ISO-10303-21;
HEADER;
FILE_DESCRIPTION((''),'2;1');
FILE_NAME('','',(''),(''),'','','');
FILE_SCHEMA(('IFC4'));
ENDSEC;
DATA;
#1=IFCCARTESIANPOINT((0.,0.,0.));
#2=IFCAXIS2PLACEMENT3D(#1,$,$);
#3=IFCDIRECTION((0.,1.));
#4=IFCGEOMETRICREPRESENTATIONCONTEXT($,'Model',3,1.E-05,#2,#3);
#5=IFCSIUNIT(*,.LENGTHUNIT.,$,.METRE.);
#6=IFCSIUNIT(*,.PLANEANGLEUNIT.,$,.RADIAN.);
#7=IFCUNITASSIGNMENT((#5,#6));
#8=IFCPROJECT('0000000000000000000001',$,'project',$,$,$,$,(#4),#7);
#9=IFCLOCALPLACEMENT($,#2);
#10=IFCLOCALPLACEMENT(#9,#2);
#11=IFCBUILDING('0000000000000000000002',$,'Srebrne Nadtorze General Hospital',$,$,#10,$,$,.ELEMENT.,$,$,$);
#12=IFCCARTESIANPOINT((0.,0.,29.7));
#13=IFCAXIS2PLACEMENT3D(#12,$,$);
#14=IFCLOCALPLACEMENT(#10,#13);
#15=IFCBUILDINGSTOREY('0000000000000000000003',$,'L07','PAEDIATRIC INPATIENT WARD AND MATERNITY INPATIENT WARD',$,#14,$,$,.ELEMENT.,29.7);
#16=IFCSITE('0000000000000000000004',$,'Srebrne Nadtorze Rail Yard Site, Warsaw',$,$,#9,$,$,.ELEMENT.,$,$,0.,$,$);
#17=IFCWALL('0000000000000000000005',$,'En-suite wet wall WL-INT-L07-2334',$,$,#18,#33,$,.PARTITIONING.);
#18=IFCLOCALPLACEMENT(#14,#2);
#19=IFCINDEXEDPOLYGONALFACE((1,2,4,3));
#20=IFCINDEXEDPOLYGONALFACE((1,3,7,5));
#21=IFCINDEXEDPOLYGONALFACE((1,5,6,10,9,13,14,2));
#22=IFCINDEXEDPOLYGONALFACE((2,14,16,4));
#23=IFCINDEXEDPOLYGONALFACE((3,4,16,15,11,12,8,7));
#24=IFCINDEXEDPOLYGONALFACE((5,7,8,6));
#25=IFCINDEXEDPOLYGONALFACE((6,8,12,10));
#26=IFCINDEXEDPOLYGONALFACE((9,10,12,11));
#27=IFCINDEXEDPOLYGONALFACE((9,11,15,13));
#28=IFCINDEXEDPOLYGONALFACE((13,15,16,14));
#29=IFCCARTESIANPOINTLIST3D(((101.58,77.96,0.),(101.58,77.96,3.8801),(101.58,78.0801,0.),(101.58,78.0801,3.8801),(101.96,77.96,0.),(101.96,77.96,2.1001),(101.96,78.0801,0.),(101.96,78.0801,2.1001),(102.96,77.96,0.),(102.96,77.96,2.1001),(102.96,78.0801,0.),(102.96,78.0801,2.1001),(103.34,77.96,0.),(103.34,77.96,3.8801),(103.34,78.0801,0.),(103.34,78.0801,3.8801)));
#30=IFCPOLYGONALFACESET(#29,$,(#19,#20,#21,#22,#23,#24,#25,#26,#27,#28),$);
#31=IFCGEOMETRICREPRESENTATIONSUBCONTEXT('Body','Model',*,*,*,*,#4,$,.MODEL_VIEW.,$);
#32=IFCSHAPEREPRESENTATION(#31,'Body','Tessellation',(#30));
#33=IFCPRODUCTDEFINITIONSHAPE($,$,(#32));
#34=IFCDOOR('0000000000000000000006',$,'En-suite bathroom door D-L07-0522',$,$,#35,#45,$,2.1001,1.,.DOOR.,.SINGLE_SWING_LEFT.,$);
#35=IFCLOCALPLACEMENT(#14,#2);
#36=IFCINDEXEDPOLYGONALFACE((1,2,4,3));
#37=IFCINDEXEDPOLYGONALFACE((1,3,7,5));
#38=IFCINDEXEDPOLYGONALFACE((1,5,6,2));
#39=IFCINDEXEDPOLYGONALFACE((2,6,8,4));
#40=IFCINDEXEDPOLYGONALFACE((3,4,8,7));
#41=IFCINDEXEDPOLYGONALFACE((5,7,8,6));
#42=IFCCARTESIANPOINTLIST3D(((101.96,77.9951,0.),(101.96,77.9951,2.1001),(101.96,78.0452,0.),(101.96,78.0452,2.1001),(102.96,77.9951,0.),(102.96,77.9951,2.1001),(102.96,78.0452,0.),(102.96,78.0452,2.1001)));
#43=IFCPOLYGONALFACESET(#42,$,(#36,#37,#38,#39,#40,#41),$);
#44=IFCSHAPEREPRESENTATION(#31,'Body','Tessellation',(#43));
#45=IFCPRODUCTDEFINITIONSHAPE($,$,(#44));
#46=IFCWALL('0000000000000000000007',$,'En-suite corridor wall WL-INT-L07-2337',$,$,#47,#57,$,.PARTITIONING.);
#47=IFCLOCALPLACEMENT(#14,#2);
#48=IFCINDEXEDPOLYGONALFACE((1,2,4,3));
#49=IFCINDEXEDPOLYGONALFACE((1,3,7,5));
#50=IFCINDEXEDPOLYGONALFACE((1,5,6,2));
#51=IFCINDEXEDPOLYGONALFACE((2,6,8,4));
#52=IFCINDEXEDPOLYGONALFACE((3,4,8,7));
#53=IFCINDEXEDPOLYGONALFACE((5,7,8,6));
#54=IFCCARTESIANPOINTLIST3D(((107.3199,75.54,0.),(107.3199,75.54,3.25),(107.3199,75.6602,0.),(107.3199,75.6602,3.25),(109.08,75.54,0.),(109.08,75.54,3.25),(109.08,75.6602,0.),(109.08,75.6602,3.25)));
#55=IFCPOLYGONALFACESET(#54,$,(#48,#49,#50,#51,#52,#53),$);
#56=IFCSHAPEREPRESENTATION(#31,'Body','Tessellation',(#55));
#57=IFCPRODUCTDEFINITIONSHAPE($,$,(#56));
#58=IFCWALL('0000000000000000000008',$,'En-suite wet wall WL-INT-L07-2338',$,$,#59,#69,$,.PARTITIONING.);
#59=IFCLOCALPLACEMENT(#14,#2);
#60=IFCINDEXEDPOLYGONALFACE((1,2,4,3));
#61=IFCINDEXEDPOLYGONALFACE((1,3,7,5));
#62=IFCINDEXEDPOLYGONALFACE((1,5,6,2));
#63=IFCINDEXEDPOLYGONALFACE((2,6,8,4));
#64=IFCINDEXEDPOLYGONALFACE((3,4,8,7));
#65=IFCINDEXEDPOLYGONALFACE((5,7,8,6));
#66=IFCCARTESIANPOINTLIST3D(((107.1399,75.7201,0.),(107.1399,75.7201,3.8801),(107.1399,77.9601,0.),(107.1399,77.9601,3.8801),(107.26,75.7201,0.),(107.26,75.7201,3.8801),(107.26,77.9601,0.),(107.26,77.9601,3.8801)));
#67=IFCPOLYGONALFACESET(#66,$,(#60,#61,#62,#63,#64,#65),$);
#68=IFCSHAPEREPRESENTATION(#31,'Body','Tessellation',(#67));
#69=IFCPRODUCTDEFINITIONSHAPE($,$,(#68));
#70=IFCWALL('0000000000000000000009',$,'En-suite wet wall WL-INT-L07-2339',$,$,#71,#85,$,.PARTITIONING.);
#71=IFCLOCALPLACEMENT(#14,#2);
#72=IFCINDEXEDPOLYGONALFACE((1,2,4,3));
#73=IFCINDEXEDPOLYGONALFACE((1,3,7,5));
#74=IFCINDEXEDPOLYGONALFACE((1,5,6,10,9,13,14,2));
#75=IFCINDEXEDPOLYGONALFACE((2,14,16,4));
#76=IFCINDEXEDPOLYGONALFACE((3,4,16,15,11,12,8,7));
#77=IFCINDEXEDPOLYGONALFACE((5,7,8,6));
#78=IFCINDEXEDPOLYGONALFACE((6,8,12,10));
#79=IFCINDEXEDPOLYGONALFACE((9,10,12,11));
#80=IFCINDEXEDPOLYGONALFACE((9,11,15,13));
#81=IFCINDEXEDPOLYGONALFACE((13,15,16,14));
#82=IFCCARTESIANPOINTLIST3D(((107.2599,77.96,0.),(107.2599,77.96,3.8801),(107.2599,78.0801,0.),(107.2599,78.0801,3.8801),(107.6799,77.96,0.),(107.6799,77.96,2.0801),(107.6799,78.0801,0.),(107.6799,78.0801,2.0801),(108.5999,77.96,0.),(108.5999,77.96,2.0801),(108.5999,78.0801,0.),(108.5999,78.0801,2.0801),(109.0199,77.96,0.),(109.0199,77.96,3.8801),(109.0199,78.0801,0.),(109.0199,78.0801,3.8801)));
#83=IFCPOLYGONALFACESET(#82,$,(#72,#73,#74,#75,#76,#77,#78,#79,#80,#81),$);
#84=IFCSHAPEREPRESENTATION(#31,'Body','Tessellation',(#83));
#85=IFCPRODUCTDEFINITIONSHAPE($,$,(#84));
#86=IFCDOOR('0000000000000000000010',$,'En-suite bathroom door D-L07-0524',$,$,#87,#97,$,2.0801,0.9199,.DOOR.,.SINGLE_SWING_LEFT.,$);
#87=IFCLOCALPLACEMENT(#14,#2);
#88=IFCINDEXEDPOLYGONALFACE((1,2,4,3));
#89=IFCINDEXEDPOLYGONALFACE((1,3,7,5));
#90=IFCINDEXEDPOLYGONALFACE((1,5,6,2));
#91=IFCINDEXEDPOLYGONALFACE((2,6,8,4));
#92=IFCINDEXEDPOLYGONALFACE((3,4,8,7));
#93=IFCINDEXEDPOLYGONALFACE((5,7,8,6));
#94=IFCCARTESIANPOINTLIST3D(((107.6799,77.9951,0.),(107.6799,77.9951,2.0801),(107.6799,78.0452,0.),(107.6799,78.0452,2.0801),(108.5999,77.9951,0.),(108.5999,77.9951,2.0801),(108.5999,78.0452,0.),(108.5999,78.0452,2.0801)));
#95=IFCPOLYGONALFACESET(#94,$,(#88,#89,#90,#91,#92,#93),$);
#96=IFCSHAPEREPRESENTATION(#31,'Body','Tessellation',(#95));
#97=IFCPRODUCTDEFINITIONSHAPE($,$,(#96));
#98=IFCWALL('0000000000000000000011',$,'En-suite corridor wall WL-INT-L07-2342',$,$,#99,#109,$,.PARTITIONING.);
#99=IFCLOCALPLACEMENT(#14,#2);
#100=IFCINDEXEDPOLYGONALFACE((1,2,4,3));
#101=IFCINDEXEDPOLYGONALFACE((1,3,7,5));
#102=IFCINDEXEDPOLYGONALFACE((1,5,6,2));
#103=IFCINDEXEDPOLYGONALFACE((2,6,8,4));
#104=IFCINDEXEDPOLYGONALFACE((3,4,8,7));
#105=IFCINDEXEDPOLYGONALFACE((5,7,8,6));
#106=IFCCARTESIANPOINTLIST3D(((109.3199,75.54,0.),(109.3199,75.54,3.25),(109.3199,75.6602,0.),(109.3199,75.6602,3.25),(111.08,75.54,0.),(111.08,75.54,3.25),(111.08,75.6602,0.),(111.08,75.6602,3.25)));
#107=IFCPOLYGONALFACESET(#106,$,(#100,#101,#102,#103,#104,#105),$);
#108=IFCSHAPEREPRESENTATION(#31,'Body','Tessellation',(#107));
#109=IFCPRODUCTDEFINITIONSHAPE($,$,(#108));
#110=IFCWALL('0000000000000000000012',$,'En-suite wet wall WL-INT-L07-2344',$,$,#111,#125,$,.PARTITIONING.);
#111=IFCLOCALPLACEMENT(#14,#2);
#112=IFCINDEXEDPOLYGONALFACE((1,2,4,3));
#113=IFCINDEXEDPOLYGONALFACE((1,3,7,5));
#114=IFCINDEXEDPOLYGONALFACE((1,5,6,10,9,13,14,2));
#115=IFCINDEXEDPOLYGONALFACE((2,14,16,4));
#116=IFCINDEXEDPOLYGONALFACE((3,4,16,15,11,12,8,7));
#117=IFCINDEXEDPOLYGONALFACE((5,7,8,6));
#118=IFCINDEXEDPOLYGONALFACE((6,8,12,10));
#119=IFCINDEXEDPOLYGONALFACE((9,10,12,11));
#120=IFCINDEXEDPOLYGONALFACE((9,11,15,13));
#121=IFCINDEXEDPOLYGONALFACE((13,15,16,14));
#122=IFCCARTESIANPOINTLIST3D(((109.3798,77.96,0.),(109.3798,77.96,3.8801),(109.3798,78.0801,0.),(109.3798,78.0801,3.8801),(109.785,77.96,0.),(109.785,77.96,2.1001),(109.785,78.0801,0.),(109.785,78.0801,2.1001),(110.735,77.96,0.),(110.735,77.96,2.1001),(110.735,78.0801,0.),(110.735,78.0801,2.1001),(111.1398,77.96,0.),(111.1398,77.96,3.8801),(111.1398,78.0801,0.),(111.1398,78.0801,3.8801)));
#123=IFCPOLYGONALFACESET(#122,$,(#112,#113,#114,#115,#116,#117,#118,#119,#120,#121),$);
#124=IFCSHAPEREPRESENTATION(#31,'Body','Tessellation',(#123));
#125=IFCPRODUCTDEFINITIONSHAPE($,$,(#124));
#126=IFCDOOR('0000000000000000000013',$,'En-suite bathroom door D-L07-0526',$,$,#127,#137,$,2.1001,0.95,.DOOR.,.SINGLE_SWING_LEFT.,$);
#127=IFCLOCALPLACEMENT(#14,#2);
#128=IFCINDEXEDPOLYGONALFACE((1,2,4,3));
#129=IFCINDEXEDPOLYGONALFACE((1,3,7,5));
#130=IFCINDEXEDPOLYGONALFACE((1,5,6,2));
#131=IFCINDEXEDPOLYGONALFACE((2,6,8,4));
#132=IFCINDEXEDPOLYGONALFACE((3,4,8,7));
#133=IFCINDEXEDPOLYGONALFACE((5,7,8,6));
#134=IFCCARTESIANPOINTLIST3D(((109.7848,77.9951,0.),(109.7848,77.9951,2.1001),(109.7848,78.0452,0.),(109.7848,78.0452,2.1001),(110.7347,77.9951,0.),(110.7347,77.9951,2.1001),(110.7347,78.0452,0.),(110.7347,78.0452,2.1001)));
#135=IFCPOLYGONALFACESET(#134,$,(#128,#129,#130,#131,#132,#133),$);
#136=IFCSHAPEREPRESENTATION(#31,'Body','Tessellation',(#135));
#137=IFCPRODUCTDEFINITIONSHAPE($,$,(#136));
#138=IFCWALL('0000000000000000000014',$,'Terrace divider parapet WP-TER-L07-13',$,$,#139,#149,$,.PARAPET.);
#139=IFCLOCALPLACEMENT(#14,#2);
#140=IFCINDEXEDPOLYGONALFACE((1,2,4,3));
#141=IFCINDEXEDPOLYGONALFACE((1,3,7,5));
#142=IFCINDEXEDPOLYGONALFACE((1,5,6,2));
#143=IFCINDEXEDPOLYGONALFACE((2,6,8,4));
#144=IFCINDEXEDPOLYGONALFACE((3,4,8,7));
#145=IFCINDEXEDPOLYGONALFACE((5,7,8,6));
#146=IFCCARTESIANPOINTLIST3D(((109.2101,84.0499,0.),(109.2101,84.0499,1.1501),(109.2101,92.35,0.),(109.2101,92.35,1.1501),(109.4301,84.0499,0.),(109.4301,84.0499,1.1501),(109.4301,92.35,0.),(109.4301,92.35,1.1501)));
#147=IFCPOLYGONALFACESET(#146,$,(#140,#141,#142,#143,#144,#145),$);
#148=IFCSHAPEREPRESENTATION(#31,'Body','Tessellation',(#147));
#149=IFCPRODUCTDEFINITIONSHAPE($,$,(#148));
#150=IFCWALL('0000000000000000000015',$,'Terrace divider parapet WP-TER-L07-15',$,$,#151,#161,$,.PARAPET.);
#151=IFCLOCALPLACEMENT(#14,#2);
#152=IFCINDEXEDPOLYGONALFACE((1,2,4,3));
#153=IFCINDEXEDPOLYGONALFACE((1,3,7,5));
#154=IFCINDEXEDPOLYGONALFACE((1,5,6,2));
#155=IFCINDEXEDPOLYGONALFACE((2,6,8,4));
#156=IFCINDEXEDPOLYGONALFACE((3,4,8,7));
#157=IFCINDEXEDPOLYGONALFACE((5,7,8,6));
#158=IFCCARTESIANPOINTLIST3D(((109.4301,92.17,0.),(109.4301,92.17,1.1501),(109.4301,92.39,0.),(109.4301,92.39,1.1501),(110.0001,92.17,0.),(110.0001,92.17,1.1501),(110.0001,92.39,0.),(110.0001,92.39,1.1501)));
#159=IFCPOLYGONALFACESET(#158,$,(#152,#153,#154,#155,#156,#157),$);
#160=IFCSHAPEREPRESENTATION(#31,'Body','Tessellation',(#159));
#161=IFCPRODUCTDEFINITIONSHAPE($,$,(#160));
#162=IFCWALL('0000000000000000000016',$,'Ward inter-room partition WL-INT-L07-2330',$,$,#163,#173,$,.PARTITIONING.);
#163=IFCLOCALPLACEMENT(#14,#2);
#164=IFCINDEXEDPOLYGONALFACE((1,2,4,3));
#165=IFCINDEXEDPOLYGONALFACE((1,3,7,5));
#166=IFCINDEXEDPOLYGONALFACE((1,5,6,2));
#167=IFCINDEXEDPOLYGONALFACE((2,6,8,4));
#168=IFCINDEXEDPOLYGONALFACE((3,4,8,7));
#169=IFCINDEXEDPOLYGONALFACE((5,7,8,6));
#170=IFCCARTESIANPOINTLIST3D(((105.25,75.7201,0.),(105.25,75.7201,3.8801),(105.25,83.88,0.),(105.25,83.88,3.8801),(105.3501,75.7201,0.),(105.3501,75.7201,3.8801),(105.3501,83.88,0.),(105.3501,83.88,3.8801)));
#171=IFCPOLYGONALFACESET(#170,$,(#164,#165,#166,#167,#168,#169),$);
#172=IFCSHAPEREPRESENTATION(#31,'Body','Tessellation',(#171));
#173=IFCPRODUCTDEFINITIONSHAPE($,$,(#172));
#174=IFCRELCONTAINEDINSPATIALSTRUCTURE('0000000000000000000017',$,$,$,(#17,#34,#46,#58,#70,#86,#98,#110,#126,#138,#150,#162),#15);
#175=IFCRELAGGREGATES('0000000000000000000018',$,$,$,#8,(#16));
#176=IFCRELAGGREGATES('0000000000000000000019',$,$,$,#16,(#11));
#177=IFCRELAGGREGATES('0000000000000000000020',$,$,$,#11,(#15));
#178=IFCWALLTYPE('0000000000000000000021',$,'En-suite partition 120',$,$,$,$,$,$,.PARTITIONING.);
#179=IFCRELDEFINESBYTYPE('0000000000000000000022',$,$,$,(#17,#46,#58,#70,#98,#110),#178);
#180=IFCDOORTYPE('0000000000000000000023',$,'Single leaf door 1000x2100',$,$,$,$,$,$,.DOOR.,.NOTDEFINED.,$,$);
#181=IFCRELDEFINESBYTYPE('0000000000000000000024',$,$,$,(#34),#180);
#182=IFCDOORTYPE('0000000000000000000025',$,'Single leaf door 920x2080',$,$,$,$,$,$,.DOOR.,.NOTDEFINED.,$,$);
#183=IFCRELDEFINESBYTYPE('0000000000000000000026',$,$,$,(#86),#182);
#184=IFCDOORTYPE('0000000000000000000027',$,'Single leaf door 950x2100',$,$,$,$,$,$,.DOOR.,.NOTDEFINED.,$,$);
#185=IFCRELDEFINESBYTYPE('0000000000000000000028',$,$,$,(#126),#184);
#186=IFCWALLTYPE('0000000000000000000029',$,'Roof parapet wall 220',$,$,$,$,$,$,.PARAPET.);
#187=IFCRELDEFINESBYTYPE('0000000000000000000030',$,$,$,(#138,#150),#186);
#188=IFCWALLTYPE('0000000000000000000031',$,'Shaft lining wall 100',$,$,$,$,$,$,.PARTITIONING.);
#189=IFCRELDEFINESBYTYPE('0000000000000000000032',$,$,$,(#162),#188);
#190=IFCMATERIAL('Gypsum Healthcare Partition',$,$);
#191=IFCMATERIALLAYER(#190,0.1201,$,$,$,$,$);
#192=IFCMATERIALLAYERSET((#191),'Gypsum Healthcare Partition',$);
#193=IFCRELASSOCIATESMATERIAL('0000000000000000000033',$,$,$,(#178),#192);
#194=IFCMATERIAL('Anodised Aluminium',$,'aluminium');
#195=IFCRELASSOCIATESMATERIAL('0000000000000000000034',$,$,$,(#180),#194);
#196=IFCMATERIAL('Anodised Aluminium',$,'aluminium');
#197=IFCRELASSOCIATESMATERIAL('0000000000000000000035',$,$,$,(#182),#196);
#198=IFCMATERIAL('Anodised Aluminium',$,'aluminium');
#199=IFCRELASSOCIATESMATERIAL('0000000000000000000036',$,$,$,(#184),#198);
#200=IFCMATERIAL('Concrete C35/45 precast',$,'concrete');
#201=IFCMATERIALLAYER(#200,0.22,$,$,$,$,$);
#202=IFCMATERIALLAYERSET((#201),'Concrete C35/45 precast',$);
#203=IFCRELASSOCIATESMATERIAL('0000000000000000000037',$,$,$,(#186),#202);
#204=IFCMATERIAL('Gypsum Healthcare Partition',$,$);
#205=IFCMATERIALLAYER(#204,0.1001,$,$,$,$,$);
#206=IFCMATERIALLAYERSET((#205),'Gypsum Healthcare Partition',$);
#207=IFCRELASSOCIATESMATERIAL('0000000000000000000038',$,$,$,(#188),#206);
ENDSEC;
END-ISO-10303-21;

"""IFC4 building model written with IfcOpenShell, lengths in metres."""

from ifc_helpers import new_model, si_unit, direction, frame, frame_2d, origin, place, context, subcontext, project, spatial, rectangle, extrude, material, layer, layer_set, type_object, element, fill, save


model = new_model("IFC4")

# Units and contexts
model_context = context("Model", 3, precision=1e-05, world=origin(), true_north=direction((0.0, 1.0)))
body_context = subcontext(model_context, "Body", "Model", "MODEL_VIEW")
ifc_project = project(units=[si_unit("LENGTHUNIT", "METRE"), si_unit("PLANEANGLEUNIT", "RADIAN")], contexts=[model_context])

# Site, building, storey
site_placement = place(None, origin())
site = spatial("IfcSite", under=ifc_project, at=site_placement, Name="Srebrne Nadtorze Rail Yard Site, Warsaw", CompositionType="ELEMENT", RefElevation=0.0)
building_placement = place(site_placement, origin())
building = spatial("IfcBuilding", under=site, at=building_placement, Name="Srebrne Nadtorze General Hospital", CompositionType="ELEMENT")
storey_placement = place(building_placement, frame((0.0, 0.0, 29.7)))
storey = spatial("IfcBuildingStorey", under=building, at=storey_placement, Name="L07", Description="PAEDIATRIC INPATIENT WARD AND MATERNITY INPATIENT WARD", CompositionType="ELEMENT", Elevation=29.7)

# Shared definitions
ifc_material_1 = material(Name="Gypsum Healthcare Partition")
ifc_layer_1 = layer(ifc_material_1, 0.1201)
ifc_layer_set_1 = layer_set([ifc_layer_1], Name="Gypsum Healthcare Partition")
wall_type_1 = type_object("IfcWallType", Name="En-suite partition 120", PredefinedType="PARTITIONING", material=ifc_layer_set_1)

# Wall, opening, door
wall_1_placement = place(storey_placement, frame((101.5801, 78.02, 0.0), z_axis=(0.0, 0.0, 1.0), x_axis=(1.0, 0.0, 0.0)))
wall_1 = element("IfcWall", 1, at=wall_1_placement, inside=storey, type_object=wall_type_1, Name="En-suite wet wall WL-INT-L07-2334", PredefinedType="PARTITIONING", context=body_context, shape_type="SweptSolid", body=[
    extrude(rectangle(XDim=1.76, YDim=0.1201, at=frame_2d((0.8799, 0.0))), origin(), (0.0, 0.0, 1.0), 3.8801),
])
opening_1_placement = place(wall_1_placement, frame((0.3799, 0.0, 0.0)))
opening_1 = element("IfcOpeningElement", 2, at=opening_1_placement, cuts=wall_1, PredefinedType="OPENING", context=body_context, shape_type="SweptSolid", body=[
    extrude(rectangle(XDim=1.0, YDim=2.1001, at=frame_2d((0.5, 1.05))), frame((0.0, 0.072, 0.0), z_axis=(0.0, -1.0, 0.0), x_axis=(1.0, 0.0, 0.0)), (0.0, 0.0, 1.0), 0.144),
])
ifc_material_2 = material(Name="Anodised Aluminium", Category="aluminium")
door_type_1 = type_object("IfcDoorType", Name="Single leaf door 1000x2100", OperationType="NOTDEFINED", PredefinedType="DOOR", material=ifc_material_2)
door_1_placement = place(opening_1_placement, frame((1.0, 0.0, 0.0), z_axis=(0.0, 0.0, 1.0), x_axis=(-1.0, 0.0, 0.0)))
door_1 = element("IfcDoor", 3, at=door_1_placement, inside=storey, type_object=door_type_1, Name="En-suite bathroom door D-L07-0522", OperationType="SINGLE_SWING_LEFT", OverallHeight=2.1001, OverallWidth=1.0, PredefinedType="DOOR", context=body_context, shape_type="SweptSolid", body=[
    extrude(rectangle(XDim=1.0, YDim=2.1001, at=frame_2d((0.5, 1.05))), frame((0.0, 0.0249, 0.0), z_axis=(0.0, -1.0, 0.0), x_axis=(1.0, 0.0, 0.0)), (0.0, 0.0, 1.0), 0.05),
])
fill(opening_1, door_1)

# Walls
wall_2_placement = place(storey_placement, frame((107.3201, 75.6001, 0.0), z_axis=(0.0, 0.0, 1.0), x_axis=(1.0, 0.0, 0.0)))
element("IfcWall", 4, at=wall_2_placement, inside=storey, type_object=wall_type_1, Name="En-suite corridor wall WL-INT-L07-2337", PredefinedType="PARTITIONING", context=body_context, shape_type="SweptSolid", body=[
    extrude(rectangle(XDim=1.76, YDim=0.1201, at=frame_2d((0.8799, 0.0))), origin(), (0.0, 0.0, 1.0), 3.25),
])
wall_3_placement = place(storey_placement, frame((107.2, 75.72, 0.0), z_axis=(0.0, 0.0, 1.0), x_axis=(0.0, 1.0, 0.0)))
element("IfcWall", 5, at=wall_3_placement, inside=storey, type_object=wall_type_1, Name="En-suite wet wall WL-INT-L07-2338", PredefinedType="PARTITIONING", context=body_context, shape_type="SweptSolid", body=[
    extrude(rectangle(XDim=2.24, YDim=0.1201, at=frame_2d((1.1201, 0.0))), origin(), (0.0, 0.0, 1.0), 3.8801),
])

# Wall, opening, door
wall_4_placement = place(storey_placement, frame((107.26, 78.02, 0.0), z_axis=(0.0, 0.0, 1.0), x_axis=(1.0, 0.0, 0.0)))
wall_4 = element("IfcWall", 6, at=wall_4_placement, inside=storey, type_object=wall_type_1, Name="En-suite wet wall WL-INT-L07-2339", PredefinedType="PARTITIONING", context=body_context, shape_type="SweptSolid", body=[
    extrude(rectangle(XDim=1.76, YDim=0.1201, at=frame_2d((0.8799, 0.0))), origin(), (0.0, 0.0, 1.0), 3.8801),
])
opening_2_placement = place(wall_4_placement, frame((0.4199, 0.0, 0.0)))
opening_2 = element("IfcOpeningElement", 7, at=opening_2_placement, cuts=wall_4, PredefinedType="OPENING", context=body_context, shape_type="SweptSolid", body=[
    extrude(rectangle(XDim=0.9199, YDim=2.0801, at=frame_2d((0.46, 1.04))), frame((0.0, 0.072, 0.0), z_axis=(0.0, -1.0, 0.0), x_axis=(1.0, 0.0, 0.0)), (0.0, 0.0, 1.0), 0.144),
])
ifc_material_3 = material(Name="Anodised Aluminium", Category="aluminium")
door_type_2 = type_object("IfcDoorType", Name="Single leaf door 920x2080", OperationType="NOTDEFINED", PredefinedType="DOOR", material=ifc_material_3)
door_2_placement = place(opening_2_placement, frame((0.9199, 0.0, 0.0), z_axis=(0.0, 0.0, 1.0), x_axis=(-1.0, 0.0, 0.0)))
door_2 = element("IfcDoor", 8, at=door_2_placement, inside=storey, type_object=door_type_2, Name="En-suite bathroom door D-L07-0524", OperationType="SINGLE_SWING_LEFT", OverallHeight=2.0801, OverallWidth=0.9199, PredefinedType="DOOR", context=body_context, shape_type="SweptSolid", body=[
    extrude(rectangle(XDim=0.9199, YDim=2.0801, at=frame_2d((0.46, 1.04))), frame((0.0, 0.0249, 0.0), z_axis=(0.0, -1.0, 0.0), x_axis=(1.0, 0.0, 0.0)), (0.0, 0.0, 1.0), 0.05),
])
fill(opening_2, door_2)

# Wall
wall_5_placement = place(storey_placement, frame((109.3201, 75.6001, 0.0), z_axis=(0.0, 0.0, 1.0), x_axis=(1.0, 0.0, 0.0)))
element("IfcWall", 9, at=wall_5_placement, inside=storey, type_object=wall_type_1, Name="En-suite corridor wall WL-INT-L07-2342", PredefinedType="PARTITIONING", context=body_context, shape_type="SweptSolid", body=[
    extrude(rectangle(XDim=1.76, YDim=0.1201, at=frame_2d((0.8799, 0.0))), origin(), (0.0, 0.0, 1.0), 3.25),
])

# Wall, opening, door
wall_6_placement = place(storey_placement, frame((109.3799, 78.02, 0.0), z_axis=(0.0, 0.0, 1.0), x_axis=(1.0, 0.0, 0.0)))
wall_6 = element("IfcWall", 10, at=wall_6_placement, inside=storey, type_object=wall_type_1, Name="En-suite wet wall WL-INT-L07-2344", PredefinedType="PARTITIONING", context=body_context, shape_type="SweptSolid", body=[
    extrude(rectangle(XDim=1.76, YDim=0.1201, at=frame_2d((0.8799, 0.0))), origin(), (0.0, 0.0, 1.0), 3.8801),
])
opening_3_placement = place(wall_6_placement, frame((0.405, 0.0, 0.0)))
opening_3 = element("IfcOpeningElement", 11, at=opening_3_placement, cuts=wall_6, PredefinedType="OPENING", context=body_context, shape_type="SweptSolid", body=[
    extrude(rectangle(XDim=0.95, YDim=2.1001, at=frame_2d((0.4751, 1.05))), frame((0.0, 0.072, 0.0), z_axis=(0.0, -1.0, 0.0), x_axis=(1.0, 0.0, 0.0)), (0.0, 0.0, 1.0), 0.144),
])
ifc_material_4 = material(Name="Anodised Aluminium", Category="aluminium")
door_type_3 = type_object("IfcDoorType", Name="Single leaf door 950x2100", OperationType="NOTDEFINED", PredefinedType="DOOR", material=ifc_material_4)
door_3_placement = place(opening_3_placement, frame((0.95, 0.0, 0.0), z_axis=(0.0, 0.0, 1.0), x_axis=(-1.0, 0.0, 0.0)))
door_3 = element("IfcDoor", 12, at=door_3_placement, inside=storey, type_object=door_type_3, Name="En-suite bathroom door D-L07-0526", OperationType="SINGLE_SWING_LEFT", OverallHeight=2.1001, OverallWidth=0.95, PredefinedType="DOOR", context=body_context, shape_type="SweptSolid", body=[
    extrude(rectangle(XDim=0.95, YDim=2.1001, at=frame_2d((0.4751, 1.05))), frame((0.0, 0.0249, 0.0), z_axis=(0.0, -1.0, 0.0), x_axis=(1.0, 0.0, 0.0)), (0.0, 0.0, 1.0), 0.05),
])
fill(opening_3, door_3)

# Walls
ifc_material_5 = material(Name="Concrete C35/45 precast", Category="concrete")
ifc_layer_2 = layer(ifc_material_5, 0.22)
ifc_layer_set_2 = layer_set([ifc_layer_2], Name="Concrete C35/45 precast")
wall_type_2 = type_object("IfcWallType", Name="Roof parapet wall 220", PredefinedType="PARAPET", material=ifc_layer_set_2)
wall_7_placement = place(storey_placement, frame((109.3201, 84.05, 0.0), z_axis=(0.0, 0.0, 1.0), x_axis=(0.0, 1.0, 0.0)))
element("IfcWall", 13, at=wall_7_placement, inside=storey, type_object=wall_type_2, Name="Terrace divider parapet WP-TER-L07-13", PredefinedType="PARAPET", context=body_context, shape_type="SweptSolid", body=[
    extrude(rectangle(XDim=8.3, YDim=0.22, at=frame_2d((4.1499, 0.0))), origin(), (0.0, 0.0, 1.0), 1.1501),
])
wall_8_placement = place(storey_placement, frame((109.4299, 92.28, 0.0), z_axis=(0.0, 0.0, 1.0), x_axis=(1.0, 0.0, 0.0)))
element("IfcWall", 14, at=wall_8_placement, inside=storey, type_object=wall_type_2, Name="Terrace divider parapet WP-TER-L07-15", PredefinedType="PARAPET", context=body_context, shape_type="SweptSolid", body=[
    extrude(rectangle(XDim=0.5701, YDim=0.22, at=frame_2d((0.2852, 0.0))), origin(), (0.0, 0.0, 1.0), 1.1501),
])
ifc_material_6 = material(Name="Gypsum Healthcare Partition")
ifc_layer_3 = layer(ifc_material_6, 0.1001)
ifc_layer_set_3 = layer_set([ifc_layer_3], Name="Gypsum Healthcare Partition")
wall_type_3 = type_object("IfcWallType", Name="Shaft lining wall 100", PredefinedType="PARTITIONING", material=ifc_layer_set_3)
wall_9_placement = place(storey_placement, frame((105.3, 75.72, 0.0), z_axis=(0.0, 0.0, 1.0), x_axis=(0.0, 1.0, 0.0)))
element("IfcWall", 15, at=wall_9_placement, inside=storey, type_object=wall_type_3, Name="Ward inter-room partition WL-INT-L07-2330", PredefinedType="PARTITIONING", context=body_context, shape_type="SweptSolid", body=[
    extrude(rectangle(XDim=8.1599, YDim=0.1001, at=frame_2d((4.0801, 0.0))), origin(), (0.0, 0.0, 1.0), 3.8801),
])

save(model, "model.ifc")
